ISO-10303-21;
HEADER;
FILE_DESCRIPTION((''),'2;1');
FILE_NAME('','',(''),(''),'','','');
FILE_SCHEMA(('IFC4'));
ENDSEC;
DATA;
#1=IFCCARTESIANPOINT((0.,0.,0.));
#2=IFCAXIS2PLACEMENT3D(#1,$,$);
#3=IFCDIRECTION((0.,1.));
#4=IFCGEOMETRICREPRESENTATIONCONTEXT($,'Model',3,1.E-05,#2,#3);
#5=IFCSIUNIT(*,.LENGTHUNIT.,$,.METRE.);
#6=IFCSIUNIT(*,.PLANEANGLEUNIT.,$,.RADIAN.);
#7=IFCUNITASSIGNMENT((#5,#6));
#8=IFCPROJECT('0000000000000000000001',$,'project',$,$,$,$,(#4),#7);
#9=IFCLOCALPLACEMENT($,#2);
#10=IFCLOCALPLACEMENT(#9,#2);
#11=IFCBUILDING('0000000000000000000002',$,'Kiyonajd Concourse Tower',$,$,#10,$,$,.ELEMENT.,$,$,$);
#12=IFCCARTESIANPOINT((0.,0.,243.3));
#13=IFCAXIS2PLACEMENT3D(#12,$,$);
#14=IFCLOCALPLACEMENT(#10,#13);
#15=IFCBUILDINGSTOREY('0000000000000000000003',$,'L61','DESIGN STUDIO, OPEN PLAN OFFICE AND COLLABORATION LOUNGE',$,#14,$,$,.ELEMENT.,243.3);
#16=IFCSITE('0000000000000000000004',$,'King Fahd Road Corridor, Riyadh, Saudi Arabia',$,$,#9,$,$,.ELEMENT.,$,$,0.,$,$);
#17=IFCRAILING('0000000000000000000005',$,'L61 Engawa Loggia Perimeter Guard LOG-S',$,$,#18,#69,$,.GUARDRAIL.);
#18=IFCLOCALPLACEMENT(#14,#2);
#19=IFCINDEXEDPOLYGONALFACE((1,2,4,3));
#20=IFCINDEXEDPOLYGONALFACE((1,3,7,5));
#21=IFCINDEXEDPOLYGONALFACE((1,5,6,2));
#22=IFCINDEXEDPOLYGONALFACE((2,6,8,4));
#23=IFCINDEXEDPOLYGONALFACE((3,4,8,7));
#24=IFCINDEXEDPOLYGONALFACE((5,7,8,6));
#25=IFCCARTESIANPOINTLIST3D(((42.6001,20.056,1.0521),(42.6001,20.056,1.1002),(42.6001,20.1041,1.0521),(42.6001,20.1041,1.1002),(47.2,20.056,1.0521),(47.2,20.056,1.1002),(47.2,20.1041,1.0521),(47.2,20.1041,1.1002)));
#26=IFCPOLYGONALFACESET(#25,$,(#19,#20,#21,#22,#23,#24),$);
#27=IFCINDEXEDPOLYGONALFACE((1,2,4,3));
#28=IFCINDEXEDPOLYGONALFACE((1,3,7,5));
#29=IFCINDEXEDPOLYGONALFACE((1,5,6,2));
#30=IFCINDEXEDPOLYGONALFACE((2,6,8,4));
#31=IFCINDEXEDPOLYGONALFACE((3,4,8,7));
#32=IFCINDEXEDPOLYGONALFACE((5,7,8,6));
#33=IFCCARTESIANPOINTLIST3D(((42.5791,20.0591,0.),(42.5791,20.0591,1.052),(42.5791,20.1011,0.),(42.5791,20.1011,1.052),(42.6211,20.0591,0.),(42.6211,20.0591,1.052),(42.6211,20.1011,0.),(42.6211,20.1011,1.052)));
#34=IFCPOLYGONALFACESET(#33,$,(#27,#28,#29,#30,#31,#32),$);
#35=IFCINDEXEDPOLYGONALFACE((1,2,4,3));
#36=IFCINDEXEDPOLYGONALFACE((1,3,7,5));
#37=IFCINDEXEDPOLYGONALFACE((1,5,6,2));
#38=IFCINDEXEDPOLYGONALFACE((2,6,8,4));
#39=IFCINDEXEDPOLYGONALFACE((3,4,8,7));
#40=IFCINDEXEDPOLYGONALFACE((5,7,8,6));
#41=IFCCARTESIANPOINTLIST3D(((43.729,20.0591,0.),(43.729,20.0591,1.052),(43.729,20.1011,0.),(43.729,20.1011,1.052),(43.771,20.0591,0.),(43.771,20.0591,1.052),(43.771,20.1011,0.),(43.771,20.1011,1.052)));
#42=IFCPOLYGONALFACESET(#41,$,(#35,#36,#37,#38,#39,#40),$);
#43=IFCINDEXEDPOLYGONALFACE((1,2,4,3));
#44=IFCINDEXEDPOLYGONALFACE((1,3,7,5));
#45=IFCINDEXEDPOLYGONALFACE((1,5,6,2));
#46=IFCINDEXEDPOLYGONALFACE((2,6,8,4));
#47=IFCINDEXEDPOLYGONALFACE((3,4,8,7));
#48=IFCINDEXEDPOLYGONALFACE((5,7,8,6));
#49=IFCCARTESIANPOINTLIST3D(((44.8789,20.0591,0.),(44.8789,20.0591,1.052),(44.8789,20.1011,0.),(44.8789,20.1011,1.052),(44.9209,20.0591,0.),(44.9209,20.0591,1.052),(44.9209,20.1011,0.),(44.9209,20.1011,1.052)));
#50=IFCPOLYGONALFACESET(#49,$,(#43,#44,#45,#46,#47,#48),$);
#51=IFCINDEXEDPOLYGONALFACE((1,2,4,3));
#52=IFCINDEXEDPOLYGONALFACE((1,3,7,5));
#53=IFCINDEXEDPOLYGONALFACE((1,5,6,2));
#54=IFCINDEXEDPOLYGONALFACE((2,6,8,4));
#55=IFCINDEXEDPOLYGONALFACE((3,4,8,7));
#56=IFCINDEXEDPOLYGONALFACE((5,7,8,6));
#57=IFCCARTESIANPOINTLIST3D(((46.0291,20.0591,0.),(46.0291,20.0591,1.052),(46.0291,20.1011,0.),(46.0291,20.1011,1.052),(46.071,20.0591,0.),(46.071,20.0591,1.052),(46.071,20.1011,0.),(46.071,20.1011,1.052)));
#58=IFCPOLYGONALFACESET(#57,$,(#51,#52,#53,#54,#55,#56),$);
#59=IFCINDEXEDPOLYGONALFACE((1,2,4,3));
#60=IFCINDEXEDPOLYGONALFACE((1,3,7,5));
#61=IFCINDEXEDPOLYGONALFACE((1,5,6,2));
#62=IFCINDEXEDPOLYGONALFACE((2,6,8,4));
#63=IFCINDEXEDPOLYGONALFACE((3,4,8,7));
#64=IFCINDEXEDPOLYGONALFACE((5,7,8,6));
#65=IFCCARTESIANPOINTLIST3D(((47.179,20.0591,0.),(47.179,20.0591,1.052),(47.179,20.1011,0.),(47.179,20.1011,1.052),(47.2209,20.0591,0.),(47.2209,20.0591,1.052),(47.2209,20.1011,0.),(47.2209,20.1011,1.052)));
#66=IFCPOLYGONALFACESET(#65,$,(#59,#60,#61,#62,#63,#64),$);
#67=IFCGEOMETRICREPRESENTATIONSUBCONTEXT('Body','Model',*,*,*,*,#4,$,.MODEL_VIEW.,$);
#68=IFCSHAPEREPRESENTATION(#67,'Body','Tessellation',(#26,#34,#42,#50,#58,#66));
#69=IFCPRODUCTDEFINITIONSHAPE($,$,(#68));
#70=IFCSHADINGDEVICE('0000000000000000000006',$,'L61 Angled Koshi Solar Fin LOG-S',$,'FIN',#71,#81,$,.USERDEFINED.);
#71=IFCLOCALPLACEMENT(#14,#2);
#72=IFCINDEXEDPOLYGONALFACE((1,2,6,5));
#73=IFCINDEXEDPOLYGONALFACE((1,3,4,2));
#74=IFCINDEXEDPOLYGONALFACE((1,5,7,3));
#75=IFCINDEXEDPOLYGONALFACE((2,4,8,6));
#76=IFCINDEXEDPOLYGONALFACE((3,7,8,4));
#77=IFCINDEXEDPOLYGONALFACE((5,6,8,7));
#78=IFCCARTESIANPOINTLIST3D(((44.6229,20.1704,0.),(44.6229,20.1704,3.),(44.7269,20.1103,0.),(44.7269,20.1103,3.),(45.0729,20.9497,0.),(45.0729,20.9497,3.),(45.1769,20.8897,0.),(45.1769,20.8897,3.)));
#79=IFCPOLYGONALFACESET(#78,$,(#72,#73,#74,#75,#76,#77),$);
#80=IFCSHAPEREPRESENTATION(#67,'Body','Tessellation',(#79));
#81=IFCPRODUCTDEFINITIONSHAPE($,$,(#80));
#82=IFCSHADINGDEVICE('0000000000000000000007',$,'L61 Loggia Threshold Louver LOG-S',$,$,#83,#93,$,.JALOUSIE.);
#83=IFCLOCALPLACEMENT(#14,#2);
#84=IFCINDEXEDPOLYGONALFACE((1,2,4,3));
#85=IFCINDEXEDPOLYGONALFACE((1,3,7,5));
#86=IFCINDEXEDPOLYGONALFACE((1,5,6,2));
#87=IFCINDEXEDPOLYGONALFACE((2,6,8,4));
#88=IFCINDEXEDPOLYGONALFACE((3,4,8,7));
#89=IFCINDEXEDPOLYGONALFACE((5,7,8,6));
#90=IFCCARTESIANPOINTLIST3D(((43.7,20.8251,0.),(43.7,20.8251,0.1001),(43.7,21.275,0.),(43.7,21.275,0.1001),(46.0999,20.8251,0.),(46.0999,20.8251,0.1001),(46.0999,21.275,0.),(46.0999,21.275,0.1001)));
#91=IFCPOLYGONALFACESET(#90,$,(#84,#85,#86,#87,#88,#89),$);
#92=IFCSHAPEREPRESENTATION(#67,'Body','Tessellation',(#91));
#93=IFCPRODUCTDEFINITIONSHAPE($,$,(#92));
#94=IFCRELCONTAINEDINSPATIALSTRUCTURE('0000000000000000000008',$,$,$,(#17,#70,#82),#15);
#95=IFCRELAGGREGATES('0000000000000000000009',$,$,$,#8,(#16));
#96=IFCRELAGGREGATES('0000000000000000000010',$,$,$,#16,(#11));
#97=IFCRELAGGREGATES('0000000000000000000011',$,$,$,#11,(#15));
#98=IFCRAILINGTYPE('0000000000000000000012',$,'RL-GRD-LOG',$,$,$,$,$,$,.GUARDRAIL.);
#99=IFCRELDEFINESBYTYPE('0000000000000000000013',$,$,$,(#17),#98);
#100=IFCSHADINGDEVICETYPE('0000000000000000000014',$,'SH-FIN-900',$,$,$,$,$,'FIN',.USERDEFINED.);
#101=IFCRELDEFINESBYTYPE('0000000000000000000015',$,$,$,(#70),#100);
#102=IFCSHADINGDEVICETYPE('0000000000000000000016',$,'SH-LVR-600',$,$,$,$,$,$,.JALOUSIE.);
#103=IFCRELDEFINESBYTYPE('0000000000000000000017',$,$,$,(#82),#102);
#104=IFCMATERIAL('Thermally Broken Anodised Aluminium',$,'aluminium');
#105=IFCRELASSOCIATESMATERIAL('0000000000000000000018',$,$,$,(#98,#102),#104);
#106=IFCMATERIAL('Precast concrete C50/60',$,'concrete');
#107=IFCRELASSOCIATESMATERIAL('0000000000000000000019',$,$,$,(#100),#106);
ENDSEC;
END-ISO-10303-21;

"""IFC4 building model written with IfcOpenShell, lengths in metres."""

from ifc_helpers import new_model, si_unit, direction, frame, origin, origin_2d, place, context, subcontext, project, spatial, rectangle, extrude, material, type_object, element, save


model = new_model("IFC4")

# Units and contexts
model_context = context("Model", 3, precision=1e-05, world=origin(), true_north=direction((0.0, 1.0)))
body_context = subcontext(model_context, "Body", "Model", "MODEL_VIEW")
ifc_project = project(units=[si_unit("LENGTHUNIT", "METRE"), si_unit("PLANEANGLEUNIT", "RADIAN")], contexts=[model_context])

# Site, building, storey
site_placement = place(None, origin())
site = spatial("IfcSite", under=ifc_project, at=site_placement, Name="King Fahd Road Corridor, Riyadh, Saudi Arabia", CompositionType="ELEMENT", RefElevation=0.0)
building_placement = place(site_placement, origin())
building = spatial("IfcBuilding", under=site, at=building_placement, Name="Kiyonajd Concourse Tower", CompositionType="ELEMENT")
storey_placement = place(building_placement, frame((0.0, 0.0, 243.3)))
storey = spatial("IfcBuildingStorey", under=building, at=storey_placement, Name="L61", Description="DESIGN STUDIO, OPEN PLAN OFFICE AND COLLABORATION LOUNGE", CompositionType="ELEMENT", Elevation=243.3)

# Shared definitions
ifc_material_1 = material(Name="Thermally Broken Anodised Aluminium", Category="aluminium")

# Shared definitions
ifc_material_2 = material(Name="Precast concrete C50/60", Category="concrete")

# Railing
railing_type = type_object("IfcRailingType", Name="RL-GRD-LOG", PredefinedType="GUARDRAIL", material=ifc_material_1)
railing_placement = place(storey_placement, frame((42.6001, 20.0801, 0.0)))
element("IfcRailing", 1, at=railing_placement, inside=storey, type_object=railing_type, Name="L61 Engawa Loggia Perimeter Guard LOG-S", PredefinedType="GUARDRAIL", context=body_context, shape_type="SweptSolid", body=[
    extrude(rectangle(XDim=0.0481, YDim=0.0481, at=origin_2d()), frame((0.0, 0.0, 1.0762), z_axis=(1.0, 0.0, 0.0), x_axis=(0.0, 1.0, 0.0)), (0.0, 0.0, 1.0), 4.5999),
    extrude(rectangle(XDim=0.042, YDim=0.042, at=origin_2d()), origin(), (0.0, 0.0, 1.0), 1.052),
    extrude(rectangle(XDim=0.042, YDim=0.042, at=origin_2d()), frame((1.1499, 0.0, 0.0)), (0.0, 0.0, 1.0), 1.052),
    extrude(rectangle(XDim=0.042, YDim=0.042, at=origin_2d()), frame((2.2998, 0.0, 0.0)), (0.0, 0.0, 1.0), 1.052),
    extrude(rectangle(XDim=0.042, YDim=0.042, at=origin_2d()), frame((3.45, 0.0, 0.0)), (0.0, 0.0, 1.0), 1.052),
    extrude(rectangle(XDim=0.042, YDim=0.042, at=origin_2d()), frame((4.5999, 0.0, 0.0)), (0.0, 0.0, 1.0), 1.052),
])

# Shading devices
shading_device_type_1 = type_object("IfcShadingDeviceType", Name="SH-FIN-900", ElementType="FIN", PredefinedType="USERDEFINED", material=ifc_material_2)
shading_device_1_placement = place(storey_placement, frame((44.8999, 20.53, 0.0), z_axis=(0.0, 0.0, 1.0), x_axis=(0.5, 0.866025, 0.0)))
element("IfcShadingDevice", 2, at=shading_device_1_placement, inside=storey, type_object=shading_device_type_1, Name="L61 Angled Koshi Solar Fin LOG-S", ObjectType="FIN", PredefinedType="USERDEFINED", context=body_context, shape_type="SweptSolid", body=[
    extrude(rectangle(XDim=0.8999, YDim=0.1201, at=origin_2d()), origin(), (0.0, 0.0, 1.0), 3.0),
])
shading_device_type_2 = type_object("IfcShadingDeviceType", Name="SH-LVR-600", PredefinedType="JALOUSIE", material=ifc_material_1)
shading_device_2_placement = place(storey_placement, frame((44.8999, 21.05, 0.0), z_axis=(0.0, 0.0, 1.0), x_axis=(1.0, 0.0, 0.0)))
element("IfcShadingDevice", 3, at=shading_device_2_placement, inside=storey, type_object=shading_device_type_2, Name="L61 Loggia Threshold Louver LOG-S", PredefinedType="JALOUSIE", context=body_context, shape_type="SweptSolid", body=[
    extrude(rectangle(XDim=2.3999, YDim=0.45, at=origin_2d()), origin(), (0.0, 0.0, 1.0), 0.1001),
])

save(model, "model.ifc")
